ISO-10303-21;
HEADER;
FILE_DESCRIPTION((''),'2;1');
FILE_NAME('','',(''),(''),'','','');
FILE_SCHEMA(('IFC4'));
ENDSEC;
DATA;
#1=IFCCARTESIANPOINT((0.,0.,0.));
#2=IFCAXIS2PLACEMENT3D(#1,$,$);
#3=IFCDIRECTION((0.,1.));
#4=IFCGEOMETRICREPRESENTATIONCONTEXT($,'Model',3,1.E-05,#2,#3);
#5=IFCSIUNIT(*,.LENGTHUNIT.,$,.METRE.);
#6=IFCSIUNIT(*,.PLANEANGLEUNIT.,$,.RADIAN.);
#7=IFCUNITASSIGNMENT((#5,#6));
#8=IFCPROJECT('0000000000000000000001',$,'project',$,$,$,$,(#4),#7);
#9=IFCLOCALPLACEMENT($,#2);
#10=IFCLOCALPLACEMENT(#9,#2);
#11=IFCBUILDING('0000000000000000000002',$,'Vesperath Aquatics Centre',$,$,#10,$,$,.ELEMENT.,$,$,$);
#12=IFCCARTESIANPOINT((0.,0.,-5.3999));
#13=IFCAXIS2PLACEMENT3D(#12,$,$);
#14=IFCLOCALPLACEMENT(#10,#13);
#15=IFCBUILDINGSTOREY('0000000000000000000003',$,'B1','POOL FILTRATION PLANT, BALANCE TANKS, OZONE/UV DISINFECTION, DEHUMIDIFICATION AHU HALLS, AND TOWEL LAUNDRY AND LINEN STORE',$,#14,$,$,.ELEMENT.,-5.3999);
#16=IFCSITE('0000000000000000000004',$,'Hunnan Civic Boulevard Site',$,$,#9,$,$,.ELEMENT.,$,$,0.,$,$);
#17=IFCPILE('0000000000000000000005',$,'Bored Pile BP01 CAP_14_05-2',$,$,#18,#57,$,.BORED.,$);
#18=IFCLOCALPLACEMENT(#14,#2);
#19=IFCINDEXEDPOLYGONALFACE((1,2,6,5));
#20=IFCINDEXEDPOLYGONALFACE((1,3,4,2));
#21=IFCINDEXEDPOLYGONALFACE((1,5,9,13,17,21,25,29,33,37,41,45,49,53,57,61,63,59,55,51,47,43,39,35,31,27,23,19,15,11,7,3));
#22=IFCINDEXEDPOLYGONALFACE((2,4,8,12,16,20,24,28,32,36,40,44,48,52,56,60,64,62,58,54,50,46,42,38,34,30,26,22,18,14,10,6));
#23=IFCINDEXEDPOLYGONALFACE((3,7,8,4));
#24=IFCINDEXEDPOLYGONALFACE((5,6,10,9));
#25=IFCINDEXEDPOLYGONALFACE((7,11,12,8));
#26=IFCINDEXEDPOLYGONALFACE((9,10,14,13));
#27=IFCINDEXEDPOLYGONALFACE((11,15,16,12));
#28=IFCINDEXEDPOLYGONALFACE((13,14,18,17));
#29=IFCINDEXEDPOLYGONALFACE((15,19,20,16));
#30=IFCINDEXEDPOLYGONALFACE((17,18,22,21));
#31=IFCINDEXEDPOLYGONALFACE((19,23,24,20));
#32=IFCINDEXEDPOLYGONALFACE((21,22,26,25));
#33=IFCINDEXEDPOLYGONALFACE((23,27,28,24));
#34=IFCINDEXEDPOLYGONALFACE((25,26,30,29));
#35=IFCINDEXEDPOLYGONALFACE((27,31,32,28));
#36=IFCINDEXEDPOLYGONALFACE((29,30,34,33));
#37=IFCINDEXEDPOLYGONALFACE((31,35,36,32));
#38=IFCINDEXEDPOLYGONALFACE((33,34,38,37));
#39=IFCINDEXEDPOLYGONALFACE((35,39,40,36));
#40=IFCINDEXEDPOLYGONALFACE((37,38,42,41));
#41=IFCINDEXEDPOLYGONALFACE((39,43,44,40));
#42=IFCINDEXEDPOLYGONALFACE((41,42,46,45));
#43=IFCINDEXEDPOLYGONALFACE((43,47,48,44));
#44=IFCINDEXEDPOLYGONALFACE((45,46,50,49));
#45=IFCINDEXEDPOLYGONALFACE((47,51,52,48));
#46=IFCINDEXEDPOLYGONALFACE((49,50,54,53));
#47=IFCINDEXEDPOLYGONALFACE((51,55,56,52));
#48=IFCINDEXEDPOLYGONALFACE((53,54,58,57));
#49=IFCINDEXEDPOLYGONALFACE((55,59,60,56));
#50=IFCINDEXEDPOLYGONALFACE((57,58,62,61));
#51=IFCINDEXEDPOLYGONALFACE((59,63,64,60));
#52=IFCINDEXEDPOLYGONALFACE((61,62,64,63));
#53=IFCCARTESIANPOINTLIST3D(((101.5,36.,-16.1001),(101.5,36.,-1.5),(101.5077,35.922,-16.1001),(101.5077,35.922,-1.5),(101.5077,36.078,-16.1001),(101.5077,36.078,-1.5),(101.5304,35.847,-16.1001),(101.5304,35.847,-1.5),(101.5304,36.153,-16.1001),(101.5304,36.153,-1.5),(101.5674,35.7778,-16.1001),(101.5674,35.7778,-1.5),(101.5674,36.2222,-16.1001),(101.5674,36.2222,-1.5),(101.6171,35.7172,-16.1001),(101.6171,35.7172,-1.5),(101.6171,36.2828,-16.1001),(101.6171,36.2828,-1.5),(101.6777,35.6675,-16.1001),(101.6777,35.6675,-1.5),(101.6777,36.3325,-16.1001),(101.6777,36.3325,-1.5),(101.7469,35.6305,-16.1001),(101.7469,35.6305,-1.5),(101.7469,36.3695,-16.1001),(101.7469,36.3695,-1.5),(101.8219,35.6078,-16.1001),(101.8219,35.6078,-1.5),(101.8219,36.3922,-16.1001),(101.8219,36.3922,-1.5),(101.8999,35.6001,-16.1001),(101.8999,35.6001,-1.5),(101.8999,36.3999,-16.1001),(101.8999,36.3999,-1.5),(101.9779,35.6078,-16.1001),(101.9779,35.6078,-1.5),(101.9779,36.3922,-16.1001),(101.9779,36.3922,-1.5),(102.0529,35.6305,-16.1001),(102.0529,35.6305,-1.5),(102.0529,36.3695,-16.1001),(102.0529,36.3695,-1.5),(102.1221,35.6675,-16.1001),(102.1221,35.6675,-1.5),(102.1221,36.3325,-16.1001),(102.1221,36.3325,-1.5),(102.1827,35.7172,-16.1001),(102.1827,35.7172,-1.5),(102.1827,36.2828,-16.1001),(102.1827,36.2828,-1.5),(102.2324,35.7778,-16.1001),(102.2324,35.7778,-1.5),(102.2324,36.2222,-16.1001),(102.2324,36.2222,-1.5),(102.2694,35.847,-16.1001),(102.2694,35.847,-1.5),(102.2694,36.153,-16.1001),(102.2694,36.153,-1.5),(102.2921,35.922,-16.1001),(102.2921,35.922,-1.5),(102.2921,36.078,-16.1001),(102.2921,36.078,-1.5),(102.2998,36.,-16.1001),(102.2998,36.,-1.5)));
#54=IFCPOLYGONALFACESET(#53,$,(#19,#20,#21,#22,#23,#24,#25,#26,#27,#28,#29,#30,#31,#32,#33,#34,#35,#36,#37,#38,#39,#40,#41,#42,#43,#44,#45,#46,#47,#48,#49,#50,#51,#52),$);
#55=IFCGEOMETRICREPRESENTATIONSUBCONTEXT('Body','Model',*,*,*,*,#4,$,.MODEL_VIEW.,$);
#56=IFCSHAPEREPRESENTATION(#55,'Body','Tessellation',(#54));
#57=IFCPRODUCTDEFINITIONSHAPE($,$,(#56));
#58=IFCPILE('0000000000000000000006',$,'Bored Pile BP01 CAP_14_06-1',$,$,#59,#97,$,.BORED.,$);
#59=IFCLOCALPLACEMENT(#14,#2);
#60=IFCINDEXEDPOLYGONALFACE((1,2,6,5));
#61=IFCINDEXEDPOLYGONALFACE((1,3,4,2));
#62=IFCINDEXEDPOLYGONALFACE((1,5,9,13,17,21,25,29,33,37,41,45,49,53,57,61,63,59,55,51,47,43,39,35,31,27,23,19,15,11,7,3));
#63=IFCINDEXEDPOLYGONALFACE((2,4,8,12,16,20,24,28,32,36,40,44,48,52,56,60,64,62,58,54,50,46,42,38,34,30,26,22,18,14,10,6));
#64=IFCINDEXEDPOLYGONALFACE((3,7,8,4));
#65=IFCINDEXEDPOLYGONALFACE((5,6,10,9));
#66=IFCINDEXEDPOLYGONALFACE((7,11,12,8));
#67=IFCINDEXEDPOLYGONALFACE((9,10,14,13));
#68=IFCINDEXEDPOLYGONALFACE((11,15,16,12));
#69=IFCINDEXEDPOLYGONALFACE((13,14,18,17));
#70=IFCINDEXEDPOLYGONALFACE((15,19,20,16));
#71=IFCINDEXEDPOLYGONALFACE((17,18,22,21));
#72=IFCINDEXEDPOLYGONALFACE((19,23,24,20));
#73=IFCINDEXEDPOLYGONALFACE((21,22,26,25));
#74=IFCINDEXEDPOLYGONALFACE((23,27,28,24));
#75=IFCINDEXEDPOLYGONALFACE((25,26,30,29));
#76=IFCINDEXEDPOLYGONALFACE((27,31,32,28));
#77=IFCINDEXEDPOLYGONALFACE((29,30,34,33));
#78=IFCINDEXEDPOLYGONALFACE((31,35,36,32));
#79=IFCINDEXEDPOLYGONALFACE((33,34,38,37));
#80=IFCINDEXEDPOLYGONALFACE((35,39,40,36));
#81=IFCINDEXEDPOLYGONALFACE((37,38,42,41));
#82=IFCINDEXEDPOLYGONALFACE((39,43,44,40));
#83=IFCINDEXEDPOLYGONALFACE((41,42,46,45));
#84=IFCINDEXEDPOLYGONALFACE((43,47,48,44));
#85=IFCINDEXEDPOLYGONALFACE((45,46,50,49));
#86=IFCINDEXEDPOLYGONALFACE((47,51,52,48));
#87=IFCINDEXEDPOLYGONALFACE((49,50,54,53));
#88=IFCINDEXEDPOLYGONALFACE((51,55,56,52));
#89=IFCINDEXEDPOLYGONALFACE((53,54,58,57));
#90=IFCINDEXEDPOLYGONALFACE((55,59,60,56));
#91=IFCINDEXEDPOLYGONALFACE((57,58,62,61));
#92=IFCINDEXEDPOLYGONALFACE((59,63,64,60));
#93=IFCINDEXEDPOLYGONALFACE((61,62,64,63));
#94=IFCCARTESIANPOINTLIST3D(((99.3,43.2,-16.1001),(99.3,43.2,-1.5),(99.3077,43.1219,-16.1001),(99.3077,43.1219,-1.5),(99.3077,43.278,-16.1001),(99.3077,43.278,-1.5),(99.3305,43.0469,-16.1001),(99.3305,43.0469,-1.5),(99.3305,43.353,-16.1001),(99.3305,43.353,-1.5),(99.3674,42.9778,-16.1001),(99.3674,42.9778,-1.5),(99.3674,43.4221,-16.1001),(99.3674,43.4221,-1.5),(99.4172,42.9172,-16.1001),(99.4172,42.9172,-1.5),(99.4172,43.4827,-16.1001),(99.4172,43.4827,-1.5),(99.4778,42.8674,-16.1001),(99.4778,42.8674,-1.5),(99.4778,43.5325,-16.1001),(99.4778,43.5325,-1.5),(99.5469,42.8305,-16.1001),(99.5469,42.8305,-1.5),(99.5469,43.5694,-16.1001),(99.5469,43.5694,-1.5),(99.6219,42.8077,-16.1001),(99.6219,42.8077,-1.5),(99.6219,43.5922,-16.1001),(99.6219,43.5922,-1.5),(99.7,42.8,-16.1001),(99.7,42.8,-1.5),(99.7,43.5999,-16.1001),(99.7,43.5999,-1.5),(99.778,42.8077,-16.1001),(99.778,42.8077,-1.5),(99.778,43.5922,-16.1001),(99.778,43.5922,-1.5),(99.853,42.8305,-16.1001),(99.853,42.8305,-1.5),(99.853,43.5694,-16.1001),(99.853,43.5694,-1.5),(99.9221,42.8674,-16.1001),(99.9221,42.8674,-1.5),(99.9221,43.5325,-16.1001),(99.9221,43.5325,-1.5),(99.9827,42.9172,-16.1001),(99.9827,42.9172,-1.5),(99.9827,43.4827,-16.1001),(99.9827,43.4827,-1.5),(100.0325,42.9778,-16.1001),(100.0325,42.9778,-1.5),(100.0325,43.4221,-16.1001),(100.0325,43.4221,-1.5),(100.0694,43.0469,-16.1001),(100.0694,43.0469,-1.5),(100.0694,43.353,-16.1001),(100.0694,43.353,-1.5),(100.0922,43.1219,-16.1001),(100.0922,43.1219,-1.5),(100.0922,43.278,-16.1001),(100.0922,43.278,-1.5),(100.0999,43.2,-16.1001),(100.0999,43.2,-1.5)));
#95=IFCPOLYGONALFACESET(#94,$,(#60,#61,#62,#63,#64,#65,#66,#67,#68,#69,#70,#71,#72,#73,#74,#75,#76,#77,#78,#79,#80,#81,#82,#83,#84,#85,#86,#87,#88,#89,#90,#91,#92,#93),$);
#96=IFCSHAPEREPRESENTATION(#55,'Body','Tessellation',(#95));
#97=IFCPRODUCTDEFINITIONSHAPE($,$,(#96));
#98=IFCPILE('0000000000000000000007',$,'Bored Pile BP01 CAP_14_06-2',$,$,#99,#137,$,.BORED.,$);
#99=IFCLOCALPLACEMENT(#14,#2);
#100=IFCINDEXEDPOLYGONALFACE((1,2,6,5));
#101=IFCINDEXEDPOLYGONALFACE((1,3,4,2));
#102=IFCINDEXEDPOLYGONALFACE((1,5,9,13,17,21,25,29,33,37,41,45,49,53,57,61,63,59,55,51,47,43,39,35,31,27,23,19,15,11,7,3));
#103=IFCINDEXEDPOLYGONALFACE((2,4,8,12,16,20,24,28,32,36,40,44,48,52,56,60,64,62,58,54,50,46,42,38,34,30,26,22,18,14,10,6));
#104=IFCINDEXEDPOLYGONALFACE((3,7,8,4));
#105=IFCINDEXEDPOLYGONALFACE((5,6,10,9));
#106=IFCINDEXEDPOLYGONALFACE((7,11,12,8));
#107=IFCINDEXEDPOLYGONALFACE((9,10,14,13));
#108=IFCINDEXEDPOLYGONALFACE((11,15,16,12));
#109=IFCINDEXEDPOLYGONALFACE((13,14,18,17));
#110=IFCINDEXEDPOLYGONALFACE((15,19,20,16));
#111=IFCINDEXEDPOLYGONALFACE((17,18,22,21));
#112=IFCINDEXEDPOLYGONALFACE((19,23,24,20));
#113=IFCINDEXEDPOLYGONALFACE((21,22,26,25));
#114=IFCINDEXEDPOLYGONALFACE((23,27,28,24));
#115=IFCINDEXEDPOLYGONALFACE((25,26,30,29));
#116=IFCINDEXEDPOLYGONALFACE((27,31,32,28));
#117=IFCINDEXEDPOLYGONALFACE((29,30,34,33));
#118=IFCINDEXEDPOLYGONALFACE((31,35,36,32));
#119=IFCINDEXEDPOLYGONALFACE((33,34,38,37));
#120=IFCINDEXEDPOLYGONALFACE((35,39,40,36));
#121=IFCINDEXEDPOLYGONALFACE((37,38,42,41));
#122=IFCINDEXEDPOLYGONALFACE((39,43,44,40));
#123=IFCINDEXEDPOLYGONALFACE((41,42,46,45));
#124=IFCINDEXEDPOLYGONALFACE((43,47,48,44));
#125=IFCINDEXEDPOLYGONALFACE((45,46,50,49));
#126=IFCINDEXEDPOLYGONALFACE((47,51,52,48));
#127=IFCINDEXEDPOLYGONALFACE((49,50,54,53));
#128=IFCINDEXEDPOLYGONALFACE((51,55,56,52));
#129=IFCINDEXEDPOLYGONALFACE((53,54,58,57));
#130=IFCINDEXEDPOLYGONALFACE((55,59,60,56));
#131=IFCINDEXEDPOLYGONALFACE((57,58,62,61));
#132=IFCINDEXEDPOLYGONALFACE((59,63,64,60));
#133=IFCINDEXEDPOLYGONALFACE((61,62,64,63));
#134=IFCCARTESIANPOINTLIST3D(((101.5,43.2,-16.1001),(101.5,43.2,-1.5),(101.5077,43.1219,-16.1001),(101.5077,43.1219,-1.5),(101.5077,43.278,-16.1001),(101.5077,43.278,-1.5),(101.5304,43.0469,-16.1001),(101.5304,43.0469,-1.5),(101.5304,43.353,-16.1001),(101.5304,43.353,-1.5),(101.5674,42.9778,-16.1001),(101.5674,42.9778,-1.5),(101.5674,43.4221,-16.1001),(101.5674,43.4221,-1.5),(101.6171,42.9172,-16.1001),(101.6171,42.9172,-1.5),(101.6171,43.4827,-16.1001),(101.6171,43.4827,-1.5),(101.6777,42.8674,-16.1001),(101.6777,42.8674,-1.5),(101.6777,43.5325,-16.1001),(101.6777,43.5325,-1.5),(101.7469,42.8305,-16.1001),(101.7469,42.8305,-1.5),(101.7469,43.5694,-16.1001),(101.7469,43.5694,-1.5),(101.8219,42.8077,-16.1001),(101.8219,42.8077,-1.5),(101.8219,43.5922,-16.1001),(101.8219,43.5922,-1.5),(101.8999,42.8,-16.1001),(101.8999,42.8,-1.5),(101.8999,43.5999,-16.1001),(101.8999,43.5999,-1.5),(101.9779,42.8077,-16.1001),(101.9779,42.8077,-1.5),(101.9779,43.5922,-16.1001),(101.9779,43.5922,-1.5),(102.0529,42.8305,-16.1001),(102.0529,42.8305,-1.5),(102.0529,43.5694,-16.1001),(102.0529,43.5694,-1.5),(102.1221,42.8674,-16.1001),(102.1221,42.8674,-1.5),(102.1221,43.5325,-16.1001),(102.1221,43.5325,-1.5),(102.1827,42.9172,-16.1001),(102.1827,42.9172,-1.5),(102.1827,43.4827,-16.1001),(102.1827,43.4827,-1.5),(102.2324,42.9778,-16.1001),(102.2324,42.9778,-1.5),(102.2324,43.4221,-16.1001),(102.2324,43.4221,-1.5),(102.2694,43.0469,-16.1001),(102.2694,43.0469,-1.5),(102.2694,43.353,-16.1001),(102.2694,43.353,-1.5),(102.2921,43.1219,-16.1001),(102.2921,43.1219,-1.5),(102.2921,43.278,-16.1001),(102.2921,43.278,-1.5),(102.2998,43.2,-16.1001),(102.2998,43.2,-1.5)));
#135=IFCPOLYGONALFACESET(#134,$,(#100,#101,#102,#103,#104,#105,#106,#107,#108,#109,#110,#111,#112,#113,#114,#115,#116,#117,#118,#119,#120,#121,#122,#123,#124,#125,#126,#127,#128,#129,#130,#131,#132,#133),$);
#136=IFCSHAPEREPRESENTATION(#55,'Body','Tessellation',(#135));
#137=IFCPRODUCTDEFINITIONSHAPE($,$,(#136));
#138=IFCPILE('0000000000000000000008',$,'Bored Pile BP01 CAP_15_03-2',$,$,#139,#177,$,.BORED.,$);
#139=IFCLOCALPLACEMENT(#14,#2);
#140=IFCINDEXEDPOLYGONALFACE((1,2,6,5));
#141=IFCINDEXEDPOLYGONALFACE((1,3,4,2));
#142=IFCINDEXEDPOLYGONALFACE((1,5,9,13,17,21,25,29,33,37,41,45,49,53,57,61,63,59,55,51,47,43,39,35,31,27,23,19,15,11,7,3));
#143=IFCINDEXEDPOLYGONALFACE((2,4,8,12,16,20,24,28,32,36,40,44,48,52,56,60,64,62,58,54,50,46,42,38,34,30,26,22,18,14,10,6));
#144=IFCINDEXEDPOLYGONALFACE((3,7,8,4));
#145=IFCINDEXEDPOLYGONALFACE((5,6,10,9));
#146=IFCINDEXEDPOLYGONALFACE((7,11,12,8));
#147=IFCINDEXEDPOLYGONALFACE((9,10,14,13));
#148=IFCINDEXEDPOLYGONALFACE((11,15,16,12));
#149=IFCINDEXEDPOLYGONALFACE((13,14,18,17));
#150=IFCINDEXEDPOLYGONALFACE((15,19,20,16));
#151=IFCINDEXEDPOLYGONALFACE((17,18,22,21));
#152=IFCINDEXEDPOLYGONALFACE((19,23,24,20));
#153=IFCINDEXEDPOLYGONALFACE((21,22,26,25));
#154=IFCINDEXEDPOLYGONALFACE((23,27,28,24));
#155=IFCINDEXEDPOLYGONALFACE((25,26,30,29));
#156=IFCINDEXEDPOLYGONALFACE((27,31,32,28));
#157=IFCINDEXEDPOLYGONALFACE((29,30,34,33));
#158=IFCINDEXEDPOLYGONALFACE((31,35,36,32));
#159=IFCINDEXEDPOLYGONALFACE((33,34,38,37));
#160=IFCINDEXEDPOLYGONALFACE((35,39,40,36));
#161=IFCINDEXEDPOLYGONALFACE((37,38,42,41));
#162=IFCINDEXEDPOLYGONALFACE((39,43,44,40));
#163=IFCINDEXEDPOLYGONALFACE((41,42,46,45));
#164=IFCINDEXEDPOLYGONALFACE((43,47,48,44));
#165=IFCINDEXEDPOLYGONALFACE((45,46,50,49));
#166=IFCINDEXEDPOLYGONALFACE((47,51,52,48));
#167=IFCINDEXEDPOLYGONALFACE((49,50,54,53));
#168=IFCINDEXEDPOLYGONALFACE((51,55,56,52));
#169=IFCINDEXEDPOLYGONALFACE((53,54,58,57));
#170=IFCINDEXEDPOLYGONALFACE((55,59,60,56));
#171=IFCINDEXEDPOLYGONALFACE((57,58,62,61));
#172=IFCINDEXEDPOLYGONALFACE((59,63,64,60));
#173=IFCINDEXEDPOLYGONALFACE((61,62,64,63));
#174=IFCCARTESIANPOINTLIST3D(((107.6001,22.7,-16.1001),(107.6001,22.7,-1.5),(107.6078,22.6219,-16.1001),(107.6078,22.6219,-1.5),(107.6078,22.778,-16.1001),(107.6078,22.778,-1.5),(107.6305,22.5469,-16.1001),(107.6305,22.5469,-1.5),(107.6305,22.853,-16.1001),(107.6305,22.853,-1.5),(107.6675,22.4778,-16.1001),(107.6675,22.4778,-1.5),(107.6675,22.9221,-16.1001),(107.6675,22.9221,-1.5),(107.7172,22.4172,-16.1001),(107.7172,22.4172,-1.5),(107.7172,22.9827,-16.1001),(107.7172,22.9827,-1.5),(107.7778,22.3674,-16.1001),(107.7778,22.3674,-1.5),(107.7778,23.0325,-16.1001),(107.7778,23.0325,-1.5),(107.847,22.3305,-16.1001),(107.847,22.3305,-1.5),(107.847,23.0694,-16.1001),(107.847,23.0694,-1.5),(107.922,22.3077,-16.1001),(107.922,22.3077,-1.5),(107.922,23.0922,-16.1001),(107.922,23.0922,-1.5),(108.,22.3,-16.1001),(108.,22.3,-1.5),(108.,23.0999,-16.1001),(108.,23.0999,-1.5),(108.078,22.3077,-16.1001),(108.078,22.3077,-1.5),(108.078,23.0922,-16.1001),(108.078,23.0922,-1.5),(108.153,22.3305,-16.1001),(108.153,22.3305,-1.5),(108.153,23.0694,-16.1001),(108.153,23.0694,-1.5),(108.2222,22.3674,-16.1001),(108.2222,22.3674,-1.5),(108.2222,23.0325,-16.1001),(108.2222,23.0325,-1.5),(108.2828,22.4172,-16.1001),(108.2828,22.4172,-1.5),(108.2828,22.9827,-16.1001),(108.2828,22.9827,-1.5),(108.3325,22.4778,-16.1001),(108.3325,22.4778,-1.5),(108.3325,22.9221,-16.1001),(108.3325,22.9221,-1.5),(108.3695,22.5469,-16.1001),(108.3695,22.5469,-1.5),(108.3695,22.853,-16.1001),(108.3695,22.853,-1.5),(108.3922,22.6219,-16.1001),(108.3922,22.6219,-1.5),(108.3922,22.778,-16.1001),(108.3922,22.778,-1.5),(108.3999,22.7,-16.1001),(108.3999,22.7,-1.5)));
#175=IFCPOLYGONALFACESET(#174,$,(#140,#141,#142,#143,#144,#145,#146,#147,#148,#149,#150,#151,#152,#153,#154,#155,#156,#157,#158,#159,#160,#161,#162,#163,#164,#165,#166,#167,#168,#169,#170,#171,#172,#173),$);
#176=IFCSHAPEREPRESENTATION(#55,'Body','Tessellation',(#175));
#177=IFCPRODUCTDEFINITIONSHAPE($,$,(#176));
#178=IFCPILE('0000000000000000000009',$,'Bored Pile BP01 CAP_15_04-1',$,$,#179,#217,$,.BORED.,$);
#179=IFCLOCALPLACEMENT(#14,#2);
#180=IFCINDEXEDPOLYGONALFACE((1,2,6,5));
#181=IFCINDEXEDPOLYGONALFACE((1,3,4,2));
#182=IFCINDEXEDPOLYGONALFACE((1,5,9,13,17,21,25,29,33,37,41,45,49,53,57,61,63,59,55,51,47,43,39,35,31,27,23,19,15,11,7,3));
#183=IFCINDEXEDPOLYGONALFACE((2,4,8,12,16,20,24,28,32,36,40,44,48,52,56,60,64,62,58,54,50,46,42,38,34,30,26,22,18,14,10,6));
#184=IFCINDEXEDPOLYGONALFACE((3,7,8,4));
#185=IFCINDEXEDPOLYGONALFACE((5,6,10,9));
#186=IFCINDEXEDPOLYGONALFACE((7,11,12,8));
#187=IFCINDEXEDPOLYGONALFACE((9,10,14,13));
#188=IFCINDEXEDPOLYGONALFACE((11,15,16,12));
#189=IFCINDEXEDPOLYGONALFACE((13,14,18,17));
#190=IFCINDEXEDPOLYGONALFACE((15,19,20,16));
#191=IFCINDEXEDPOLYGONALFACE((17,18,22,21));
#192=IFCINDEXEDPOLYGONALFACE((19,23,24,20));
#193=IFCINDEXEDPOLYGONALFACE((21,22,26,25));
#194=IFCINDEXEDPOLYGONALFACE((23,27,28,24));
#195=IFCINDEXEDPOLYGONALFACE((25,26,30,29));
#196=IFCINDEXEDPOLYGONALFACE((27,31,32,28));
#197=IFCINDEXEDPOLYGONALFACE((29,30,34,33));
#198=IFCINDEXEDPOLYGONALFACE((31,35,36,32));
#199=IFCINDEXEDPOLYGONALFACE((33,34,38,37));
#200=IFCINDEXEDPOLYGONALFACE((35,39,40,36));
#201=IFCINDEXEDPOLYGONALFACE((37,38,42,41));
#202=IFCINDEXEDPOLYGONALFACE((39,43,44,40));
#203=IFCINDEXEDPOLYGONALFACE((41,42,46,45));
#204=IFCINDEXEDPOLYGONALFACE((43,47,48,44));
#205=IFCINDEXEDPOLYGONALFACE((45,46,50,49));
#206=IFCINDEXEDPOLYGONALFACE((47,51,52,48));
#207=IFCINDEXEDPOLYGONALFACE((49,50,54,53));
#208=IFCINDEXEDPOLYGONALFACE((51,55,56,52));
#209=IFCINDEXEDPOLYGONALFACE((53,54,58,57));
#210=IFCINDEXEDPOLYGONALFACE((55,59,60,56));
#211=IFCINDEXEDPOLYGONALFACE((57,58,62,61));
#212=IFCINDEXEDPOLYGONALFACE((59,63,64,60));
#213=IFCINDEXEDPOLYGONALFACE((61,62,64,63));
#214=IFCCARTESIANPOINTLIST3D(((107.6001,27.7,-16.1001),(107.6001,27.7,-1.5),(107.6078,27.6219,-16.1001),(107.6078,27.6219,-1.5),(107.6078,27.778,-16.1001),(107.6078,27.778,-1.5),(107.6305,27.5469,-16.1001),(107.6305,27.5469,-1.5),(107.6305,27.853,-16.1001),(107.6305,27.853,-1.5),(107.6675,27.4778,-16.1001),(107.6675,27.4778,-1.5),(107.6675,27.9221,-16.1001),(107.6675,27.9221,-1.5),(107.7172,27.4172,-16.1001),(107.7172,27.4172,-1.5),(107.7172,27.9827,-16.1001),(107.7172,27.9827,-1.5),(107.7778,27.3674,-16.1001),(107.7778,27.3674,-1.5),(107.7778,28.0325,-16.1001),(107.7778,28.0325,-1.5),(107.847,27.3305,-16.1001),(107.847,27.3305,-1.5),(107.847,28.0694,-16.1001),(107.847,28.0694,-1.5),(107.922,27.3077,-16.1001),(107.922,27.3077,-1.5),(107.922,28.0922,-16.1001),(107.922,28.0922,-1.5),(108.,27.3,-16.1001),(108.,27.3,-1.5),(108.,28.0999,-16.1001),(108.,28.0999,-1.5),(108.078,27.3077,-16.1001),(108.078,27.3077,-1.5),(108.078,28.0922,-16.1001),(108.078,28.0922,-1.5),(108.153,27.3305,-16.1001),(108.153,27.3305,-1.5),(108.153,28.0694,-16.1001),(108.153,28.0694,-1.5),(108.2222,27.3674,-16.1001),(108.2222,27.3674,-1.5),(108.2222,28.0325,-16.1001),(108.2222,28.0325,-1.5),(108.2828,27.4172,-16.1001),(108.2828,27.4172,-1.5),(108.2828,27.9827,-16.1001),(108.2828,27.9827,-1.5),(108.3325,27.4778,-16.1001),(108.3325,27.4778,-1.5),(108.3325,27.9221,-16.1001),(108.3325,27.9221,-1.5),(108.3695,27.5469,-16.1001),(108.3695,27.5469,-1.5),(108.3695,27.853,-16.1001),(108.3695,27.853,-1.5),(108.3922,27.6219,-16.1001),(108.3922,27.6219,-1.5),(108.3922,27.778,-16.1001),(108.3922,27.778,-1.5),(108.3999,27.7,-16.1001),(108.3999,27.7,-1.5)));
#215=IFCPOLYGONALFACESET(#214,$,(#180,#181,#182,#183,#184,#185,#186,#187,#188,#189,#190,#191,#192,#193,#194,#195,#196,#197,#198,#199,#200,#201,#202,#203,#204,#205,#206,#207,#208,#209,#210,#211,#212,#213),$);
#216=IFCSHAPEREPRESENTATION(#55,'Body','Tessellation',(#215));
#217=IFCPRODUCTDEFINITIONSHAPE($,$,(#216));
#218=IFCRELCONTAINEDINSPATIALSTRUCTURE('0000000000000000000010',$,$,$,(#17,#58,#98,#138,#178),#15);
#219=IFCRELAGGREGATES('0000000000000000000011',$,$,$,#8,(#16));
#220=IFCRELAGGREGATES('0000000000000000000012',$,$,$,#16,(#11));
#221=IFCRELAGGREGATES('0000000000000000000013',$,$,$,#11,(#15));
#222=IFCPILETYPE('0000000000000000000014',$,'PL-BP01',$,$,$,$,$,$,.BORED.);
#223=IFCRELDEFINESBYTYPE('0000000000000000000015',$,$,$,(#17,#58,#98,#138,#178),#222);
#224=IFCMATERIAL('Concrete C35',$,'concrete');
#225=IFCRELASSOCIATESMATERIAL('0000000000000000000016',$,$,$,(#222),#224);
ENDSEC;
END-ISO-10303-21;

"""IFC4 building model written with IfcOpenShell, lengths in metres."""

from ifc_helpers import new_model, si_unit, direction, frame, origin, origin_2d, place, context, subcontext, project, spatial, circle, extrude, material, material_profile, profile_set, type_object, element, save


model = new_model("IFC4")

# Units and contexts
model_context = context("Model", 3, precision=1e-05, world=origin(), true_north=direction((0.0, 1.0)))
body_context = subcontext(model_context, "Body", "Model", "MODEL_VIEW")
ifc_project = project(units=[si_unit("LENGTHUNIT", "METRE"), si_unit("PLANEANGLEUNIT", "RADIAN")], contexts=[model_context])

# Site, building, storey
site_placement = place(None, origin())
site = spatial("IfcSite", under=ifc_project, at=site_placement, Name="Hunnan Civic Boulevard Site", CompositionType="ELEMENT", RefElevation=0.0)
building_placement = place(site_placement, origin())
building = spatial("IfcBuilding", under=site, at=building_placement, Name="Vesperath Aquatics Centre", CompositionType="ELEMENT")
storey_placement = place(building_placement, frame((0.0, 0.0, -5.3999)))
storey = spatial("IfcBuildingStorey", under=building, at=storey_placement, Name="B1", Description="POOL FILTRATION PLANT, BALANCE TANKS, OZONE/UV DISINFECTION, DEHUMIDIFICATION AHU HALLS, AND TOWEL LAUNDRY AND LINEN STORE", CompositionType="ELEMENT", Elevation=-5.3999)

# Piles
ifc_material_1 = material(Name="Concrete C35", Category="concrete")
ifc_material_profile_1 = material_profile(ifc_material_1, circle(Radius=0.3999, at=origin_2d()), Name="PILE D800")
ifc_profile_set_1 = profile_set([ifc_material_profile_1], Name="Concrete C35")
pile_type = type_object("IfcPileType", Name="PL-BP01", PredefinedType="BORED", material=ifc_profile_set_1)
for number, where, z_axis, x_axis, name in (
    (1, (101.8999, 36.0, -1.5), (0.0, 0.0, -1.0), (1.0, 0.0, 0.0), "Bored Pile BP01 CAP_14_05-2"),
    (2, (99.7, 43.2, -1.5), (0.0, 0.0, -1.0), (1.0, 0.0, 0.0), "Bored Pile BP01 CAP_14_06-1"),
    (3, (101.8999, 43.2, -1.5), (0.0, 0.0, -1.0), (1.0, 0.0, 0.0), "Bored Pile BP01 CAP_14_06-2"),
    (4, (108.0, 22.7, -1.5), (0.0, 0.0, -1.0), (1.0, 0.0, 0.0), "Bored Pile BP01 CAP_15_03-2"),
    (5, (108.0, 27.7, -1.5), (0.0, 0.0, -1.0), (1.0, 0.0, 0.0), "Bored Pile BP01 CAP_15_04-1"),
):
    element("IfcPile", number, at=place(storey_placement, frame(where, z_axis=z_axis, x_axis=x_axis)), inside=storey, type_object=pile_type, Name=name, PredefinedType="BORED", context=body_context, shape_type="SweptSolid", body=[
        extrude(circle(Radius=0.3999, at=origin_2d()), origin(), (0.0, 0.0, 1.0), 14.6001),
    ])

save(model, "model.ifc")
